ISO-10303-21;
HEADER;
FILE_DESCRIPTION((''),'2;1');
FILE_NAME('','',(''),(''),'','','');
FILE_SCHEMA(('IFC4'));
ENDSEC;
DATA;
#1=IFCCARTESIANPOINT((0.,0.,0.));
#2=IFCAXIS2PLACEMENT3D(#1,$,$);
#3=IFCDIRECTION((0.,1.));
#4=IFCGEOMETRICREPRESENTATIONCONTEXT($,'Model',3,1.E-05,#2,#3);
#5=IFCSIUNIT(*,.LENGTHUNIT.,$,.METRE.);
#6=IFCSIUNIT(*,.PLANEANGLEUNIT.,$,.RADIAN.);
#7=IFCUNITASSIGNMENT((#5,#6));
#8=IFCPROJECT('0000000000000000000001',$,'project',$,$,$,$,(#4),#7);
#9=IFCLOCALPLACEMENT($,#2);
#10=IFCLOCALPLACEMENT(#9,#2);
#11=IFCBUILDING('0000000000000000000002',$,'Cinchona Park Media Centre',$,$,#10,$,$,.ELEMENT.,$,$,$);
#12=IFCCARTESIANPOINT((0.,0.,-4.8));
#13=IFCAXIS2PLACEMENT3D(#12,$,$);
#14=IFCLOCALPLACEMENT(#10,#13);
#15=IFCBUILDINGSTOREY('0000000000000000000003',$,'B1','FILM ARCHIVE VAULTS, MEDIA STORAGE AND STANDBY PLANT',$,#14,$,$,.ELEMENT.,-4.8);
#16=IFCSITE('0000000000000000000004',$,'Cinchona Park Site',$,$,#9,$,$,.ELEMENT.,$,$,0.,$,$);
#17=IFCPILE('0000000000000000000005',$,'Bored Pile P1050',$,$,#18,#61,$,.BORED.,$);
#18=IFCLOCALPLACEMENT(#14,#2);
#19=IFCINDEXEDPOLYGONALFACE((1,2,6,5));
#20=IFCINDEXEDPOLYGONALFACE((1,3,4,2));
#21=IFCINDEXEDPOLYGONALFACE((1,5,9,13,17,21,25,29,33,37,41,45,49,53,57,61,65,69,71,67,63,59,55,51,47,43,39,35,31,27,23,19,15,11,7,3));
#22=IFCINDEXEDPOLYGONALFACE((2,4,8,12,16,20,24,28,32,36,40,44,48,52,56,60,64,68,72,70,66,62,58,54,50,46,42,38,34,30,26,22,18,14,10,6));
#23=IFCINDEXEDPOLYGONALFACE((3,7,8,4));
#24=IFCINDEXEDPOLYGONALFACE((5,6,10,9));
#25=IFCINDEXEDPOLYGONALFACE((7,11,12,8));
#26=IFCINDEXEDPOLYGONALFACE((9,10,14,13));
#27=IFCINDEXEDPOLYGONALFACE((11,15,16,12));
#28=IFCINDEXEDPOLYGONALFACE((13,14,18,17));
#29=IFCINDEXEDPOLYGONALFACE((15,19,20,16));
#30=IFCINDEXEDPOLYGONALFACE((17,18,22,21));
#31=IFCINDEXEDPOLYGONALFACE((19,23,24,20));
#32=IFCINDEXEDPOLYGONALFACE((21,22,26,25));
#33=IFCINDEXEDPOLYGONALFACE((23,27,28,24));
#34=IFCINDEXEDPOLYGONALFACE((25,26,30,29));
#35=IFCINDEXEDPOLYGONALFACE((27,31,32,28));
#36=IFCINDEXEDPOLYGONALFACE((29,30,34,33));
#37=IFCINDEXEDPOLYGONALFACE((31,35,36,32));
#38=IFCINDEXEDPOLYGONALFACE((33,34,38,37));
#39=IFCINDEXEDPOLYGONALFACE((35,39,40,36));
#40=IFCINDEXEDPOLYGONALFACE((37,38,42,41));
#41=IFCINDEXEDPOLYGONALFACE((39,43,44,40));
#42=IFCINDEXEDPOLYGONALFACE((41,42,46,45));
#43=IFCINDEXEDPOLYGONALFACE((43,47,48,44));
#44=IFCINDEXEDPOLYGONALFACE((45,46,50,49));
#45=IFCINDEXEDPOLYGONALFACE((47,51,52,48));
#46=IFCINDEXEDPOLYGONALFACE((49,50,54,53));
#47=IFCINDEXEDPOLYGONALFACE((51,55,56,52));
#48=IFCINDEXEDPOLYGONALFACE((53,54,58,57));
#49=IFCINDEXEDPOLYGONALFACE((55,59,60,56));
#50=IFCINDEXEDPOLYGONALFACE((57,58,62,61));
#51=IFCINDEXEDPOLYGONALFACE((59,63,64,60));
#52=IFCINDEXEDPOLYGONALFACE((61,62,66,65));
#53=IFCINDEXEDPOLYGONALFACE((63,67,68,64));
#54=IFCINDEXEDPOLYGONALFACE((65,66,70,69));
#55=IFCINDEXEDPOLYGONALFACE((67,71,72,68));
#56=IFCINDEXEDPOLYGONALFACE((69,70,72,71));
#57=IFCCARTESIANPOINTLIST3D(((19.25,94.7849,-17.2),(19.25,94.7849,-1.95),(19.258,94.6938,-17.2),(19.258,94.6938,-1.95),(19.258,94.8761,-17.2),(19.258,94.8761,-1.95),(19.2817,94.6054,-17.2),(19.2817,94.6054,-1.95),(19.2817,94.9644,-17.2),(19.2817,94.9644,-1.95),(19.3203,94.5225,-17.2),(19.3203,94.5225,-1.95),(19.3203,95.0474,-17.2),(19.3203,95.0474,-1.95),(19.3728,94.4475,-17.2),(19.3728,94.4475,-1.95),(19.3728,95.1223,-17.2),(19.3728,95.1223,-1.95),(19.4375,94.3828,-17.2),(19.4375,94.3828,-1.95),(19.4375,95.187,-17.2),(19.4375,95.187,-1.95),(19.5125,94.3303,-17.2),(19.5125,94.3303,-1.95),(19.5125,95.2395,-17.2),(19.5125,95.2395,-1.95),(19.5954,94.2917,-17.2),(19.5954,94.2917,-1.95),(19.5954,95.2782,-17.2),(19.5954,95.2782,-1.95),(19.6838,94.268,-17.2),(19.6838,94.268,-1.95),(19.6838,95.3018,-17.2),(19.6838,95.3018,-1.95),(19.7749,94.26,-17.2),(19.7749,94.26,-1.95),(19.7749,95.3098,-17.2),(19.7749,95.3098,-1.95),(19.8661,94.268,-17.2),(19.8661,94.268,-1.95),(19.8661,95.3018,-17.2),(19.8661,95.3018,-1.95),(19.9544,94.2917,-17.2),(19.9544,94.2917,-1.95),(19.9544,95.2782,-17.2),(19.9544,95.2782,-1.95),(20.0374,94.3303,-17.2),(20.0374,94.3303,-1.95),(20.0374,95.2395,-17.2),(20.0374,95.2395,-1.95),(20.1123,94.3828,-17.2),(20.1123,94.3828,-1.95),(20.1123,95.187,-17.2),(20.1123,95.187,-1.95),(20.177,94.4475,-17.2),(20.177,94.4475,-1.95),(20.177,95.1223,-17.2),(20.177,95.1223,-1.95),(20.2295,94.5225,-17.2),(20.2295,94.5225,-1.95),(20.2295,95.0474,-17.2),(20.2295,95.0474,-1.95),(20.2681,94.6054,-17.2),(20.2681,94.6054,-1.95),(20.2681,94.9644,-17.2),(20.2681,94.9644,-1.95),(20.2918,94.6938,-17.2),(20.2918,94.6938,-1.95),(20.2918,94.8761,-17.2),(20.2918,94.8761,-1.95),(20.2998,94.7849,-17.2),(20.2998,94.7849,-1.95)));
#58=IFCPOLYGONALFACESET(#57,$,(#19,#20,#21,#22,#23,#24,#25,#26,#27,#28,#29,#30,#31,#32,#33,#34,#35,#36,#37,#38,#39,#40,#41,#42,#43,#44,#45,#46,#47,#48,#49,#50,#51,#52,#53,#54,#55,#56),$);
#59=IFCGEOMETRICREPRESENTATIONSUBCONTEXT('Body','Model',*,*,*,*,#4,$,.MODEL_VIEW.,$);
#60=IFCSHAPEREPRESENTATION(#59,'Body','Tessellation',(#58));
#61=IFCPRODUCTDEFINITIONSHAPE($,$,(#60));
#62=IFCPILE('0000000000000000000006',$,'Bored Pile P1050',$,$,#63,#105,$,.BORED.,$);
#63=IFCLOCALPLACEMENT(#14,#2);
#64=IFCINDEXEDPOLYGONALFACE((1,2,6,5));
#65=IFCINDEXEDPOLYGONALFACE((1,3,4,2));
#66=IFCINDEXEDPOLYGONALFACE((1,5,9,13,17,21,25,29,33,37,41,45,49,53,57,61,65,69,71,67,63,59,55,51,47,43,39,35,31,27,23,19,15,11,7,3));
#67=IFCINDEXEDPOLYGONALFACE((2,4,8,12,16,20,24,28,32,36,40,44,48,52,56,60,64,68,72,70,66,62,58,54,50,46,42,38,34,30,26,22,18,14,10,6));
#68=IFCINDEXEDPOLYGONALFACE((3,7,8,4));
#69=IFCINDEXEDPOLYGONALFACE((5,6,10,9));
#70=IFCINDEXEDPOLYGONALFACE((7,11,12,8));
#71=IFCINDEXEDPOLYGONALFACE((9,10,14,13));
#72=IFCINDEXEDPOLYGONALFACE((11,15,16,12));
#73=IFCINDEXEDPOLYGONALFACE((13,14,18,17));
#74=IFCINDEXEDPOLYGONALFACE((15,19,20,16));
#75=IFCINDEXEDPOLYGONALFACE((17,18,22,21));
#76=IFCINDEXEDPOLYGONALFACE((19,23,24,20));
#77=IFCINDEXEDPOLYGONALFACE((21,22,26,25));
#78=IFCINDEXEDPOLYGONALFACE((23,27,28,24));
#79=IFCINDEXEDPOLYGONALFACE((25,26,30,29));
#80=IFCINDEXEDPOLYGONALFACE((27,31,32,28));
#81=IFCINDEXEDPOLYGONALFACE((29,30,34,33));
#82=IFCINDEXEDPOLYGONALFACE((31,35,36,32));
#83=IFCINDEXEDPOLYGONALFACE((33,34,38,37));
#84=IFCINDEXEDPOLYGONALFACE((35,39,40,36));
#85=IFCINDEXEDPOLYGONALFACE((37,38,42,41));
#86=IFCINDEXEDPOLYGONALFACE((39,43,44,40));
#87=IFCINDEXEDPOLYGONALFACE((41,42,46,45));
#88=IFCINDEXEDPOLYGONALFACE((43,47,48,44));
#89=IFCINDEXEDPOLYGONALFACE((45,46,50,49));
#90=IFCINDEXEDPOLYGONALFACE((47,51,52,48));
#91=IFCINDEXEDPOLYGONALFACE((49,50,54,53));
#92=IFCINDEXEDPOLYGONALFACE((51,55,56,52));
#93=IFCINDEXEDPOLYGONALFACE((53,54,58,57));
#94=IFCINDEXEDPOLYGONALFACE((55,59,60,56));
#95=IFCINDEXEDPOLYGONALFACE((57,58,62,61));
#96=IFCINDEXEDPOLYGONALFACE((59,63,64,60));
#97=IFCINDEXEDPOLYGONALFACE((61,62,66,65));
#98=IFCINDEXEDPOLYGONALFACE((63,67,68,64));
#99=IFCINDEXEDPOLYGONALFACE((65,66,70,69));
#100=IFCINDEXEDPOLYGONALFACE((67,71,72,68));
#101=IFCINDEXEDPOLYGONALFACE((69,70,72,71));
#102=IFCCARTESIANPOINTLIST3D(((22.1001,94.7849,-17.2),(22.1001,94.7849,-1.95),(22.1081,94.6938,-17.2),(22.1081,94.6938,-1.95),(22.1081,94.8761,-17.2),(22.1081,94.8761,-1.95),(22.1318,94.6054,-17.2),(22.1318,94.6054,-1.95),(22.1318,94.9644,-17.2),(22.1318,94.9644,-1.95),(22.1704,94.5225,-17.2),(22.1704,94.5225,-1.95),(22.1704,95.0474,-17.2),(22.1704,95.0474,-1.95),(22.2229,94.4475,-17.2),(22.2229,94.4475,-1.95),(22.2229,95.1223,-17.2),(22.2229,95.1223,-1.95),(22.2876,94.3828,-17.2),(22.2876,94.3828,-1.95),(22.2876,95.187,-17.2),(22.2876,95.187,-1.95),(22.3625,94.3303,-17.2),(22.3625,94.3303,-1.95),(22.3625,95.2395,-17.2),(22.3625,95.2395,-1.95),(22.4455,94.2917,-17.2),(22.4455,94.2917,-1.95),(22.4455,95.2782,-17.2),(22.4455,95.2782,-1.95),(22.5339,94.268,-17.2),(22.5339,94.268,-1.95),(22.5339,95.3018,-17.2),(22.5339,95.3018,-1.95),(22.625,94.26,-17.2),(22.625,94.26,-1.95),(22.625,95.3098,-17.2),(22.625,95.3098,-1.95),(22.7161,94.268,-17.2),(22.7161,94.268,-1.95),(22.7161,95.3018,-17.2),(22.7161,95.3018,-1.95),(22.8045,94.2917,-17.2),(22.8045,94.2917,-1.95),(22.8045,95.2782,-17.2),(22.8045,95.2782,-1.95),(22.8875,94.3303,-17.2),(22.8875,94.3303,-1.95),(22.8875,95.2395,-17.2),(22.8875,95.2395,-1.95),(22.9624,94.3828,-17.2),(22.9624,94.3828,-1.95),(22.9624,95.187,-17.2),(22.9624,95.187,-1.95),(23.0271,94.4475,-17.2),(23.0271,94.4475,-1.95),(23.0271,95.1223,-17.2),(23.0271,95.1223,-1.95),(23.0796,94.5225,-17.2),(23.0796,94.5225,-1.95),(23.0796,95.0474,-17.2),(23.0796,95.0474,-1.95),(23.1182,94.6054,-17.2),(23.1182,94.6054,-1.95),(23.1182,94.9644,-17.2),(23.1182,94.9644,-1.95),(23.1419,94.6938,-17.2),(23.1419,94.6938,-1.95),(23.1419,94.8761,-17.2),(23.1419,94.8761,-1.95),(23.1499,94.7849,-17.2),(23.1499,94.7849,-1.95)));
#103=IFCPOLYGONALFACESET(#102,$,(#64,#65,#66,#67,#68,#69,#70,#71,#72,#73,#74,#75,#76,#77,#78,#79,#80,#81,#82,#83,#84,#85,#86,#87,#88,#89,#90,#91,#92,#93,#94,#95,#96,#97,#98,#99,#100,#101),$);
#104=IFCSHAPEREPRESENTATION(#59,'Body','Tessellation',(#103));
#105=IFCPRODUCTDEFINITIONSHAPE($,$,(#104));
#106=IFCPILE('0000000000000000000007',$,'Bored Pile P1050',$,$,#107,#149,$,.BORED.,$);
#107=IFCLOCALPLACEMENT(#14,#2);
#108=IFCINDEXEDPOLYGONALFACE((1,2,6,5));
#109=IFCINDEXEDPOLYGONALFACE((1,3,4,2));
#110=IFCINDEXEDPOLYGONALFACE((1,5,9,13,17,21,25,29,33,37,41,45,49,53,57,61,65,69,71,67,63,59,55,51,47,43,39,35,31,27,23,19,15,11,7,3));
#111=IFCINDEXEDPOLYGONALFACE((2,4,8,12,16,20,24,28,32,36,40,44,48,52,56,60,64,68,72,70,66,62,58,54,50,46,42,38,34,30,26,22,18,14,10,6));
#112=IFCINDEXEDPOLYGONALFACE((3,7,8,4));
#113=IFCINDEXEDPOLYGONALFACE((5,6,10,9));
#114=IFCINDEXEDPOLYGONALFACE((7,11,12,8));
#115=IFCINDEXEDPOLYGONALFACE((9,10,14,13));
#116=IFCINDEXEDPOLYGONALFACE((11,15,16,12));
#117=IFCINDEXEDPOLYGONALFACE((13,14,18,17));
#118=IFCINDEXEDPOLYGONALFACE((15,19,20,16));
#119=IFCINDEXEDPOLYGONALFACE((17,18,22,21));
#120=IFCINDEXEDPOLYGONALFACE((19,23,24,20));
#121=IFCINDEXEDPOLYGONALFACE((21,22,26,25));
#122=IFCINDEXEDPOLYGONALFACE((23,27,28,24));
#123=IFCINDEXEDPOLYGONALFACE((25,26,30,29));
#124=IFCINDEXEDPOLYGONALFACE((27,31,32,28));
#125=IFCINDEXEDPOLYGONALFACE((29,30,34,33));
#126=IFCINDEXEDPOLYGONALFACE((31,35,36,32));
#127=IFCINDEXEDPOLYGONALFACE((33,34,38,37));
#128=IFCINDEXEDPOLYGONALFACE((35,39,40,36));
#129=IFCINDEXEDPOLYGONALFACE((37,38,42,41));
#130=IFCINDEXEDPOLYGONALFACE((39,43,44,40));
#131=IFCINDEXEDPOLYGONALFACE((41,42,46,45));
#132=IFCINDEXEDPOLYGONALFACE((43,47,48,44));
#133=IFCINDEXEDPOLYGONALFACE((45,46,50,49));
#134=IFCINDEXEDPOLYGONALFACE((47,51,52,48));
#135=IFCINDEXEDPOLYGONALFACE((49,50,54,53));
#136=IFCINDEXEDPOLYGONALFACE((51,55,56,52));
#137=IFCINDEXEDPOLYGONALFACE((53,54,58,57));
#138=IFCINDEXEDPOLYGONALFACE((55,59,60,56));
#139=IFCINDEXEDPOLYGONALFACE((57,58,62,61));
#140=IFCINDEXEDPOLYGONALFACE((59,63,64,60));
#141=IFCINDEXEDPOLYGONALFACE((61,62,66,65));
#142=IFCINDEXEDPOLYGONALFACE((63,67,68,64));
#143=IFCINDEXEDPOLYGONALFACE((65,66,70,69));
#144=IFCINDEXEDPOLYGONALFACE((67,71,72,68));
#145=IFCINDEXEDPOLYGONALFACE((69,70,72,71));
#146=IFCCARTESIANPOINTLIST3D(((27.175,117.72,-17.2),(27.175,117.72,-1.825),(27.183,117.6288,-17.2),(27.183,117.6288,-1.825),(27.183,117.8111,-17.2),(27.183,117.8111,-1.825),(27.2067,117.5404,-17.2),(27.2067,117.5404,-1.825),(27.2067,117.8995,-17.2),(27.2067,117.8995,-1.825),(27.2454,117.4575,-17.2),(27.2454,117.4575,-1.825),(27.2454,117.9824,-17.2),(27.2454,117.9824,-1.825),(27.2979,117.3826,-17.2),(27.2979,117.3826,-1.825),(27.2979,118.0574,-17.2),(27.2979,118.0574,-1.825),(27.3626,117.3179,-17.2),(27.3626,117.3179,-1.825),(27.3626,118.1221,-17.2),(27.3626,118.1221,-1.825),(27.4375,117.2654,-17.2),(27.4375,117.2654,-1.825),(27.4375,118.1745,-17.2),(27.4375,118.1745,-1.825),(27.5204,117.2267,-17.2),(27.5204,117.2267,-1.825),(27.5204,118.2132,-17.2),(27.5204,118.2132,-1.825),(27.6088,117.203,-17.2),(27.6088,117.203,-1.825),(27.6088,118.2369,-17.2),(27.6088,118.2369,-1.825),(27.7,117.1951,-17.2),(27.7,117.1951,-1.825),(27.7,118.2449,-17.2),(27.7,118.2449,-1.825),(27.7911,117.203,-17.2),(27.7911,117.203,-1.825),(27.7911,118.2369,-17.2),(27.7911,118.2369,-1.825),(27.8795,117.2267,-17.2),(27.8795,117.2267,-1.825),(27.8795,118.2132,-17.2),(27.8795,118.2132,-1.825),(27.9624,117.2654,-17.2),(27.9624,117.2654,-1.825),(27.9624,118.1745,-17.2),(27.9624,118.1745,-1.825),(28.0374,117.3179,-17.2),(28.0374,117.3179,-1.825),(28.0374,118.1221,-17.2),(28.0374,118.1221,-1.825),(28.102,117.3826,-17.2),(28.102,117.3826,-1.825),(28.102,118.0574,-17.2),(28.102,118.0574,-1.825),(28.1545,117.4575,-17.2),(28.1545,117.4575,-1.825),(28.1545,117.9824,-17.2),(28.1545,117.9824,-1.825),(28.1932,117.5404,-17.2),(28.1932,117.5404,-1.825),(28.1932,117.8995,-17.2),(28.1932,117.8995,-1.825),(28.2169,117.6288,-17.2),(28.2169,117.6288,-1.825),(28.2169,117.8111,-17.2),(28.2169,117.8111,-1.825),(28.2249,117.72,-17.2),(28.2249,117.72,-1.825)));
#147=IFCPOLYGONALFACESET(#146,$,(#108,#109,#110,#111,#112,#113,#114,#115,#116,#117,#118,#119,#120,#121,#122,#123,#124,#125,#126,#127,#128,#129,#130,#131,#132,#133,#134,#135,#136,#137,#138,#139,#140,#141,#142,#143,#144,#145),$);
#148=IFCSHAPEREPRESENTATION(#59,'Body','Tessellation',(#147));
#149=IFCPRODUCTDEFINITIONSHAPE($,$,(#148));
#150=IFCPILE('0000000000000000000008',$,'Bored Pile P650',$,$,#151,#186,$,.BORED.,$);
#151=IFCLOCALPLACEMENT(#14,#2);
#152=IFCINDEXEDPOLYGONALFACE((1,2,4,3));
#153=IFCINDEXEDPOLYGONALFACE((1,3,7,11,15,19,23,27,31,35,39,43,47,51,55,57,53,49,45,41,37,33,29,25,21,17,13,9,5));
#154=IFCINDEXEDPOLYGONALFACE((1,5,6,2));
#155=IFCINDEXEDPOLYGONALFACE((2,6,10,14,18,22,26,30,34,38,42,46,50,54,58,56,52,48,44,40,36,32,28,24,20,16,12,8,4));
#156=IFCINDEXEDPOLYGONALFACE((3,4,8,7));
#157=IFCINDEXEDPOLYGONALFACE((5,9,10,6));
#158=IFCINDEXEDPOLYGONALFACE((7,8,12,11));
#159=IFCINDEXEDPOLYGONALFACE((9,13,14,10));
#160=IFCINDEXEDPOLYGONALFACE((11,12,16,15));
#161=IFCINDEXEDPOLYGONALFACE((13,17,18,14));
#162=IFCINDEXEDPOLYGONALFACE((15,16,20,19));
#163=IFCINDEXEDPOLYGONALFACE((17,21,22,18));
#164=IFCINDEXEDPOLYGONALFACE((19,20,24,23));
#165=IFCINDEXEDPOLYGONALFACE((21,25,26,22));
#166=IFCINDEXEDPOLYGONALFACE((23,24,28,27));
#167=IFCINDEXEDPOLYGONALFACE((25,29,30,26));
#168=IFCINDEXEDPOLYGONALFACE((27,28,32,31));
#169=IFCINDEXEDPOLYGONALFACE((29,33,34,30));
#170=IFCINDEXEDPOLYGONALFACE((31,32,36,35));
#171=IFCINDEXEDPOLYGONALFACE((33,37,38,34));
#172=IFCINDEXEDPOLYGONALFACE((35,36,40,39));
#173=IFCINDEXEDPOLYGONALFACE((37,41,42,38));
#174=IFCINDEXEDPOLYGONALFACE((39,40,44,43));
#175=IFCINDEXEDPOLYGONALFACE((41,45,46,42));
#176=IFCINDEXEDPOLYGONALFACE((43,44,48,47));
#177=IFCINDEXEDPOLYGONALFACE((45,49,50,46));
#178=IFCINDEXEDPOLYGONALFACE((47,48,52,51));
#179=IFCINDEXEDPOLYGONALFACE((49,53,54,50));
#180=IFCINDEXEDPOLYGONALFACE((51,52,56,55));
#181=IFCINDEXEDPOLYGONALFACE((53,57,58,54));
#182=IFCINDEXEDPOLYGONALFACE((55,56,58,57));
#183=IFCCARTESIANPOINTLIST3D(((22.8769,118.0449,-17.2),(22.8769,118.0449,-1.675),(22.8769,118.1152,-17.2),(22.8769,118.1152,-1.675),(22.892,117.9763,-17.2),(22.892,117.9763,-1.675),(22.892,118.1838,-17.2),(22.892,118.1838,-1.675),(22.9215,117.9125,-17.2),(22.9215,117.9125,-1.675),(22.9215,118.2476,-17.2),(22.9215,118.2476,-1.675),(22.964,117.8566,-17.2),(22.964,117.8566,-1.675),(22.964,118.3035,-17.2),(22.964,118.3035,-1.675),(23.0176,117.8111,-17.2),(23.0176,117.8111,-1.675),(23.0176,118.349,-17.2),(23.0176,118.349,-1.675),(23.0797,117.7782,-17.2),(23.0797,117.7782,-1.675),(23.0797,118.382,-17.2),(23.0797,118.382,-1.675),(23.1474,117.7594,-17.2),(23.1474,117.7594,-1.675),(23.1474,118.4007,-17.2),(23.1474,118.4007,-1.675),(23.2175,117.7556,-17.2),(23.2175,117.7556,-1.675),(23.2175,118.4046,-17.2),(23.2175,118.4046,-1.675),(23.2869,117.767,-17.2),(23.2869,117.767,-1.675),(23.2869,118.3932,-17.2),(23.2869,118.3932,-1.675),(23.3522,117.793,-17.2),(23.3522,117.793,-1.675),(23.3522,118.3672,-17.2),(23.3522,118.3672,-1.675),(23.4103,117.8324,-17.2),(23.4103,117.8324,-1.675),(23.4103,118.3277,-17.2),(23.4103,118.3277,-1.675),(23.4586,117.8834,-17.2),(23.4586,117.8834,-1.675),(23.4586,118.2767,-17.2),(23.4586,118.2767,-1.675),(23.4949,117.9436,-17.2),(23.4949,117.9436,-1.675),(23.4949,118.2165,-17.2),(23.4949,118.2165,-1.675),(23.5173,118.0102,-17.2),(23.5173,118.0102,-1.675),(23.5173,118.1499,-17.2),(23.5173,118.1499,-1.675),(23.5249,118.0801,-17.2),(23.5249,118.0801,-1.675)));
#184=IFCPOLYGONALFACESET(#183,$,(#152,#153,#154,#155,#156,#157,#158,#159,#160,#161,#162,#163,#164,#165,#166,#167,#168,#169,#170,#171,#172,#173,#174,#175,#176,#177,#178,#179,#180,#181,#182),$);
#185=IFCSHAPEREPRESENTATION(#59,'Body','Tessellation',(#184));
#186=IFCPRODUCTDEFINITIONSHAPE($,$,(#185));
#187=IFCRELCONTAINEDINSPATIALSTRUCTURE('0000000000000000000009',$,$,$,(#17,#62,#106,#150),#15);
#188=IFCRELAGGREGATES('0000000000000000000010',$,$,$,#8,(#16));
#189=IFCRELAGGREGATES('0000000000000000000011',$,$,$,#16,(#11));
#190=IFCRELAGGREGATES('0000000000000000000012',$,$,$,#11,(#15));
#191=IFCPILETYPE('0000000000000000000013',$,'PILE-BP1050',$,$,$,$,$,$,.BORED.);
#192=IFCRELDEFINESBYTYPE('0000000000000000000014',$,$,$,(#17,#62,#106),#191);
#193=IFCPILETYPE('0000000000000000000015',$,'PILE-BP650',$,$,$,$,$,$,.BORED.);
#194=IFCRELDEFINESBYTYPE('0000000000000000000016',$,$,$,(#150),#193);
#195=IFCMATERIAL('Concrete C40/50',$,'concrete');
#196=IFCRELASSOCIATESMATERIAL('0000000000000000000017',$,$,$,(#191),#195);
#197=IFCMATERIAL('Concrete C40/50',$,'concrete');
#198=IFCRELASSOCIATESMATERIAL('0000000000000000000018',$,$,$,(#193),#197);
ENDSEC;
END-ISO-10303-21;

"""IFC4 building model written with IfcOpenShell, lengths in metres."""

from ifc_helpers import new_model, si_unit, direction, frame, origin, origin_2d, place, context, subcontext, project, spatial, circle, extrude, material, material_profile, profile_set, type_object, element, save


model = new_model("IFC4")

# Units and contexts
model_context = context("Model", 3, precision=1e-05, world=origin(), true_north=direction((0.0, 1.0)))
body_context = subcontext(model_context, "Body", "Model", "MODEL_VIEW")
ifc_project = project(units=[si_unit("LENGTHUNIT", "METRE"), si_unit("PLANEANGLEUNIT", "RADIAN")], contexts=[model_context])

# Site, building, storey
site_placement = place(None, origin())
site = spatial("IfcSite", under=ifc_project, at=site_placement, Name="Cinchona Park Site", CompositionType="ELEMENT", RefElevation=0.0)
building_placement = place(site_placement, origin())
building = spatial("IfcBuilding", under=site, at=building_placement, Name="Cinchona Park Media Centre", CompositionType="ELEMENT")
storey_placement = place(building_placement, frame((0.0, 0.0, -4.8)))
storey = spatial("IfcBuildingStorey", under=building, at=storey_placement, Name="B1", Description="FILM ARCHIVE VAULTS, MEDIA STORAGE AND STANDBY PLANT", CompositionType="ELEMENT", Elevation=-4.8)

# Piles
ifc_material_1 = material(Name="Concrete C40/50", Category="concrete")
ifc_material_profile_1 = material_profile(ifc_material_1, circle(Radius=0.5249, at=origin_2d()), Name="BORED PILE 1050")
ifc_profile_set_1 = profile_set([ifc_material_profile_1], Name="Concrete C40/50")
pile_type_1 = type_object("IfcPileType", Name="PILE-BP1050", PredefinedType="BORED", material=ifc_profile_set_1)
for number, where, z_axis, x_axis, name in (
    (1, (19.7749, 94.7849, -1.95), (0.0, 0.0, -1.0), (1.0, 0.0, 0.0), "Bored Pile P1050"),
    (2, (22.625, 94.7849, -1.95), (0.0, 0.0, -1.0), (1.0, 0.0, 0.0), "Bored Pile P1050"),
):
    element("IfcPile", number, at=place(storey_placement, frame(where, z_axis=z_axis, x_axis=x_axis)), inside=storey, type_object=pile_type_1, Name=name, PredefinedType="BORED", context=body_context, shape_type="SweptSolid", body=[
        extrude(circle(Radius=0.5249, at=origin_2d()), origin(), (0.0, 0.0, 1.0), 15.25),
    ])
pile_1_placement = place(storey_placement, frame((27.7, 117.72, -1.825), z_axis=(0.0, 0.0, -1.0), x_axis=(1.0, 0.0, 0.0)))
element("IfcPile", 3, at=pile_1_placement, inside=storey, type_object=pile_type_1, Name="Bored Pile P1050", PredefinedType="BORED", context=body_context, shape_type="SweptSolid", body=[
    extrude(circle(Radius=0.5249, at=origin_2d()), origin(), (0.0, 0.0, 1.0), 15.375),
])
ifc_material_2 = material(Name="Concrete C40/50", Category="concrete")
ifc_material_profile_2 = material_profile(ifc_material_2, circle(Radius=0.325, at=origin_2d()), Name="BORED PILE 650")
ifc_profile_set_2 = profile_set([ifc_material_profile_2], Name="Concrete C40/50")
pile_type_2 = type_object("IfcPileType", Name="PILE-BP650", PredefinedType="BORED", material=ifc_profile_set_2)
pile_2_placement = place(storey_placement, frame((23.2, 118.0801, -1.675), z_axis=(0.0, 0.0, -1.0), x_axis=(1.0, 0.0, 0.0)))
element("IfcPile", 4, at=pile_2_placement, inside=storey, type_object=pile_type_2, Name="Bored Pile P650", PredefinedType="BORED", context=body_context, shape_type="SweptSolid", body=[
    extrude(circle(Radius=0.325, at=origin_2d()), origin(), (0.0, 0.0, 1.0), 15.5249),
])

save(model, "model.ifc")
